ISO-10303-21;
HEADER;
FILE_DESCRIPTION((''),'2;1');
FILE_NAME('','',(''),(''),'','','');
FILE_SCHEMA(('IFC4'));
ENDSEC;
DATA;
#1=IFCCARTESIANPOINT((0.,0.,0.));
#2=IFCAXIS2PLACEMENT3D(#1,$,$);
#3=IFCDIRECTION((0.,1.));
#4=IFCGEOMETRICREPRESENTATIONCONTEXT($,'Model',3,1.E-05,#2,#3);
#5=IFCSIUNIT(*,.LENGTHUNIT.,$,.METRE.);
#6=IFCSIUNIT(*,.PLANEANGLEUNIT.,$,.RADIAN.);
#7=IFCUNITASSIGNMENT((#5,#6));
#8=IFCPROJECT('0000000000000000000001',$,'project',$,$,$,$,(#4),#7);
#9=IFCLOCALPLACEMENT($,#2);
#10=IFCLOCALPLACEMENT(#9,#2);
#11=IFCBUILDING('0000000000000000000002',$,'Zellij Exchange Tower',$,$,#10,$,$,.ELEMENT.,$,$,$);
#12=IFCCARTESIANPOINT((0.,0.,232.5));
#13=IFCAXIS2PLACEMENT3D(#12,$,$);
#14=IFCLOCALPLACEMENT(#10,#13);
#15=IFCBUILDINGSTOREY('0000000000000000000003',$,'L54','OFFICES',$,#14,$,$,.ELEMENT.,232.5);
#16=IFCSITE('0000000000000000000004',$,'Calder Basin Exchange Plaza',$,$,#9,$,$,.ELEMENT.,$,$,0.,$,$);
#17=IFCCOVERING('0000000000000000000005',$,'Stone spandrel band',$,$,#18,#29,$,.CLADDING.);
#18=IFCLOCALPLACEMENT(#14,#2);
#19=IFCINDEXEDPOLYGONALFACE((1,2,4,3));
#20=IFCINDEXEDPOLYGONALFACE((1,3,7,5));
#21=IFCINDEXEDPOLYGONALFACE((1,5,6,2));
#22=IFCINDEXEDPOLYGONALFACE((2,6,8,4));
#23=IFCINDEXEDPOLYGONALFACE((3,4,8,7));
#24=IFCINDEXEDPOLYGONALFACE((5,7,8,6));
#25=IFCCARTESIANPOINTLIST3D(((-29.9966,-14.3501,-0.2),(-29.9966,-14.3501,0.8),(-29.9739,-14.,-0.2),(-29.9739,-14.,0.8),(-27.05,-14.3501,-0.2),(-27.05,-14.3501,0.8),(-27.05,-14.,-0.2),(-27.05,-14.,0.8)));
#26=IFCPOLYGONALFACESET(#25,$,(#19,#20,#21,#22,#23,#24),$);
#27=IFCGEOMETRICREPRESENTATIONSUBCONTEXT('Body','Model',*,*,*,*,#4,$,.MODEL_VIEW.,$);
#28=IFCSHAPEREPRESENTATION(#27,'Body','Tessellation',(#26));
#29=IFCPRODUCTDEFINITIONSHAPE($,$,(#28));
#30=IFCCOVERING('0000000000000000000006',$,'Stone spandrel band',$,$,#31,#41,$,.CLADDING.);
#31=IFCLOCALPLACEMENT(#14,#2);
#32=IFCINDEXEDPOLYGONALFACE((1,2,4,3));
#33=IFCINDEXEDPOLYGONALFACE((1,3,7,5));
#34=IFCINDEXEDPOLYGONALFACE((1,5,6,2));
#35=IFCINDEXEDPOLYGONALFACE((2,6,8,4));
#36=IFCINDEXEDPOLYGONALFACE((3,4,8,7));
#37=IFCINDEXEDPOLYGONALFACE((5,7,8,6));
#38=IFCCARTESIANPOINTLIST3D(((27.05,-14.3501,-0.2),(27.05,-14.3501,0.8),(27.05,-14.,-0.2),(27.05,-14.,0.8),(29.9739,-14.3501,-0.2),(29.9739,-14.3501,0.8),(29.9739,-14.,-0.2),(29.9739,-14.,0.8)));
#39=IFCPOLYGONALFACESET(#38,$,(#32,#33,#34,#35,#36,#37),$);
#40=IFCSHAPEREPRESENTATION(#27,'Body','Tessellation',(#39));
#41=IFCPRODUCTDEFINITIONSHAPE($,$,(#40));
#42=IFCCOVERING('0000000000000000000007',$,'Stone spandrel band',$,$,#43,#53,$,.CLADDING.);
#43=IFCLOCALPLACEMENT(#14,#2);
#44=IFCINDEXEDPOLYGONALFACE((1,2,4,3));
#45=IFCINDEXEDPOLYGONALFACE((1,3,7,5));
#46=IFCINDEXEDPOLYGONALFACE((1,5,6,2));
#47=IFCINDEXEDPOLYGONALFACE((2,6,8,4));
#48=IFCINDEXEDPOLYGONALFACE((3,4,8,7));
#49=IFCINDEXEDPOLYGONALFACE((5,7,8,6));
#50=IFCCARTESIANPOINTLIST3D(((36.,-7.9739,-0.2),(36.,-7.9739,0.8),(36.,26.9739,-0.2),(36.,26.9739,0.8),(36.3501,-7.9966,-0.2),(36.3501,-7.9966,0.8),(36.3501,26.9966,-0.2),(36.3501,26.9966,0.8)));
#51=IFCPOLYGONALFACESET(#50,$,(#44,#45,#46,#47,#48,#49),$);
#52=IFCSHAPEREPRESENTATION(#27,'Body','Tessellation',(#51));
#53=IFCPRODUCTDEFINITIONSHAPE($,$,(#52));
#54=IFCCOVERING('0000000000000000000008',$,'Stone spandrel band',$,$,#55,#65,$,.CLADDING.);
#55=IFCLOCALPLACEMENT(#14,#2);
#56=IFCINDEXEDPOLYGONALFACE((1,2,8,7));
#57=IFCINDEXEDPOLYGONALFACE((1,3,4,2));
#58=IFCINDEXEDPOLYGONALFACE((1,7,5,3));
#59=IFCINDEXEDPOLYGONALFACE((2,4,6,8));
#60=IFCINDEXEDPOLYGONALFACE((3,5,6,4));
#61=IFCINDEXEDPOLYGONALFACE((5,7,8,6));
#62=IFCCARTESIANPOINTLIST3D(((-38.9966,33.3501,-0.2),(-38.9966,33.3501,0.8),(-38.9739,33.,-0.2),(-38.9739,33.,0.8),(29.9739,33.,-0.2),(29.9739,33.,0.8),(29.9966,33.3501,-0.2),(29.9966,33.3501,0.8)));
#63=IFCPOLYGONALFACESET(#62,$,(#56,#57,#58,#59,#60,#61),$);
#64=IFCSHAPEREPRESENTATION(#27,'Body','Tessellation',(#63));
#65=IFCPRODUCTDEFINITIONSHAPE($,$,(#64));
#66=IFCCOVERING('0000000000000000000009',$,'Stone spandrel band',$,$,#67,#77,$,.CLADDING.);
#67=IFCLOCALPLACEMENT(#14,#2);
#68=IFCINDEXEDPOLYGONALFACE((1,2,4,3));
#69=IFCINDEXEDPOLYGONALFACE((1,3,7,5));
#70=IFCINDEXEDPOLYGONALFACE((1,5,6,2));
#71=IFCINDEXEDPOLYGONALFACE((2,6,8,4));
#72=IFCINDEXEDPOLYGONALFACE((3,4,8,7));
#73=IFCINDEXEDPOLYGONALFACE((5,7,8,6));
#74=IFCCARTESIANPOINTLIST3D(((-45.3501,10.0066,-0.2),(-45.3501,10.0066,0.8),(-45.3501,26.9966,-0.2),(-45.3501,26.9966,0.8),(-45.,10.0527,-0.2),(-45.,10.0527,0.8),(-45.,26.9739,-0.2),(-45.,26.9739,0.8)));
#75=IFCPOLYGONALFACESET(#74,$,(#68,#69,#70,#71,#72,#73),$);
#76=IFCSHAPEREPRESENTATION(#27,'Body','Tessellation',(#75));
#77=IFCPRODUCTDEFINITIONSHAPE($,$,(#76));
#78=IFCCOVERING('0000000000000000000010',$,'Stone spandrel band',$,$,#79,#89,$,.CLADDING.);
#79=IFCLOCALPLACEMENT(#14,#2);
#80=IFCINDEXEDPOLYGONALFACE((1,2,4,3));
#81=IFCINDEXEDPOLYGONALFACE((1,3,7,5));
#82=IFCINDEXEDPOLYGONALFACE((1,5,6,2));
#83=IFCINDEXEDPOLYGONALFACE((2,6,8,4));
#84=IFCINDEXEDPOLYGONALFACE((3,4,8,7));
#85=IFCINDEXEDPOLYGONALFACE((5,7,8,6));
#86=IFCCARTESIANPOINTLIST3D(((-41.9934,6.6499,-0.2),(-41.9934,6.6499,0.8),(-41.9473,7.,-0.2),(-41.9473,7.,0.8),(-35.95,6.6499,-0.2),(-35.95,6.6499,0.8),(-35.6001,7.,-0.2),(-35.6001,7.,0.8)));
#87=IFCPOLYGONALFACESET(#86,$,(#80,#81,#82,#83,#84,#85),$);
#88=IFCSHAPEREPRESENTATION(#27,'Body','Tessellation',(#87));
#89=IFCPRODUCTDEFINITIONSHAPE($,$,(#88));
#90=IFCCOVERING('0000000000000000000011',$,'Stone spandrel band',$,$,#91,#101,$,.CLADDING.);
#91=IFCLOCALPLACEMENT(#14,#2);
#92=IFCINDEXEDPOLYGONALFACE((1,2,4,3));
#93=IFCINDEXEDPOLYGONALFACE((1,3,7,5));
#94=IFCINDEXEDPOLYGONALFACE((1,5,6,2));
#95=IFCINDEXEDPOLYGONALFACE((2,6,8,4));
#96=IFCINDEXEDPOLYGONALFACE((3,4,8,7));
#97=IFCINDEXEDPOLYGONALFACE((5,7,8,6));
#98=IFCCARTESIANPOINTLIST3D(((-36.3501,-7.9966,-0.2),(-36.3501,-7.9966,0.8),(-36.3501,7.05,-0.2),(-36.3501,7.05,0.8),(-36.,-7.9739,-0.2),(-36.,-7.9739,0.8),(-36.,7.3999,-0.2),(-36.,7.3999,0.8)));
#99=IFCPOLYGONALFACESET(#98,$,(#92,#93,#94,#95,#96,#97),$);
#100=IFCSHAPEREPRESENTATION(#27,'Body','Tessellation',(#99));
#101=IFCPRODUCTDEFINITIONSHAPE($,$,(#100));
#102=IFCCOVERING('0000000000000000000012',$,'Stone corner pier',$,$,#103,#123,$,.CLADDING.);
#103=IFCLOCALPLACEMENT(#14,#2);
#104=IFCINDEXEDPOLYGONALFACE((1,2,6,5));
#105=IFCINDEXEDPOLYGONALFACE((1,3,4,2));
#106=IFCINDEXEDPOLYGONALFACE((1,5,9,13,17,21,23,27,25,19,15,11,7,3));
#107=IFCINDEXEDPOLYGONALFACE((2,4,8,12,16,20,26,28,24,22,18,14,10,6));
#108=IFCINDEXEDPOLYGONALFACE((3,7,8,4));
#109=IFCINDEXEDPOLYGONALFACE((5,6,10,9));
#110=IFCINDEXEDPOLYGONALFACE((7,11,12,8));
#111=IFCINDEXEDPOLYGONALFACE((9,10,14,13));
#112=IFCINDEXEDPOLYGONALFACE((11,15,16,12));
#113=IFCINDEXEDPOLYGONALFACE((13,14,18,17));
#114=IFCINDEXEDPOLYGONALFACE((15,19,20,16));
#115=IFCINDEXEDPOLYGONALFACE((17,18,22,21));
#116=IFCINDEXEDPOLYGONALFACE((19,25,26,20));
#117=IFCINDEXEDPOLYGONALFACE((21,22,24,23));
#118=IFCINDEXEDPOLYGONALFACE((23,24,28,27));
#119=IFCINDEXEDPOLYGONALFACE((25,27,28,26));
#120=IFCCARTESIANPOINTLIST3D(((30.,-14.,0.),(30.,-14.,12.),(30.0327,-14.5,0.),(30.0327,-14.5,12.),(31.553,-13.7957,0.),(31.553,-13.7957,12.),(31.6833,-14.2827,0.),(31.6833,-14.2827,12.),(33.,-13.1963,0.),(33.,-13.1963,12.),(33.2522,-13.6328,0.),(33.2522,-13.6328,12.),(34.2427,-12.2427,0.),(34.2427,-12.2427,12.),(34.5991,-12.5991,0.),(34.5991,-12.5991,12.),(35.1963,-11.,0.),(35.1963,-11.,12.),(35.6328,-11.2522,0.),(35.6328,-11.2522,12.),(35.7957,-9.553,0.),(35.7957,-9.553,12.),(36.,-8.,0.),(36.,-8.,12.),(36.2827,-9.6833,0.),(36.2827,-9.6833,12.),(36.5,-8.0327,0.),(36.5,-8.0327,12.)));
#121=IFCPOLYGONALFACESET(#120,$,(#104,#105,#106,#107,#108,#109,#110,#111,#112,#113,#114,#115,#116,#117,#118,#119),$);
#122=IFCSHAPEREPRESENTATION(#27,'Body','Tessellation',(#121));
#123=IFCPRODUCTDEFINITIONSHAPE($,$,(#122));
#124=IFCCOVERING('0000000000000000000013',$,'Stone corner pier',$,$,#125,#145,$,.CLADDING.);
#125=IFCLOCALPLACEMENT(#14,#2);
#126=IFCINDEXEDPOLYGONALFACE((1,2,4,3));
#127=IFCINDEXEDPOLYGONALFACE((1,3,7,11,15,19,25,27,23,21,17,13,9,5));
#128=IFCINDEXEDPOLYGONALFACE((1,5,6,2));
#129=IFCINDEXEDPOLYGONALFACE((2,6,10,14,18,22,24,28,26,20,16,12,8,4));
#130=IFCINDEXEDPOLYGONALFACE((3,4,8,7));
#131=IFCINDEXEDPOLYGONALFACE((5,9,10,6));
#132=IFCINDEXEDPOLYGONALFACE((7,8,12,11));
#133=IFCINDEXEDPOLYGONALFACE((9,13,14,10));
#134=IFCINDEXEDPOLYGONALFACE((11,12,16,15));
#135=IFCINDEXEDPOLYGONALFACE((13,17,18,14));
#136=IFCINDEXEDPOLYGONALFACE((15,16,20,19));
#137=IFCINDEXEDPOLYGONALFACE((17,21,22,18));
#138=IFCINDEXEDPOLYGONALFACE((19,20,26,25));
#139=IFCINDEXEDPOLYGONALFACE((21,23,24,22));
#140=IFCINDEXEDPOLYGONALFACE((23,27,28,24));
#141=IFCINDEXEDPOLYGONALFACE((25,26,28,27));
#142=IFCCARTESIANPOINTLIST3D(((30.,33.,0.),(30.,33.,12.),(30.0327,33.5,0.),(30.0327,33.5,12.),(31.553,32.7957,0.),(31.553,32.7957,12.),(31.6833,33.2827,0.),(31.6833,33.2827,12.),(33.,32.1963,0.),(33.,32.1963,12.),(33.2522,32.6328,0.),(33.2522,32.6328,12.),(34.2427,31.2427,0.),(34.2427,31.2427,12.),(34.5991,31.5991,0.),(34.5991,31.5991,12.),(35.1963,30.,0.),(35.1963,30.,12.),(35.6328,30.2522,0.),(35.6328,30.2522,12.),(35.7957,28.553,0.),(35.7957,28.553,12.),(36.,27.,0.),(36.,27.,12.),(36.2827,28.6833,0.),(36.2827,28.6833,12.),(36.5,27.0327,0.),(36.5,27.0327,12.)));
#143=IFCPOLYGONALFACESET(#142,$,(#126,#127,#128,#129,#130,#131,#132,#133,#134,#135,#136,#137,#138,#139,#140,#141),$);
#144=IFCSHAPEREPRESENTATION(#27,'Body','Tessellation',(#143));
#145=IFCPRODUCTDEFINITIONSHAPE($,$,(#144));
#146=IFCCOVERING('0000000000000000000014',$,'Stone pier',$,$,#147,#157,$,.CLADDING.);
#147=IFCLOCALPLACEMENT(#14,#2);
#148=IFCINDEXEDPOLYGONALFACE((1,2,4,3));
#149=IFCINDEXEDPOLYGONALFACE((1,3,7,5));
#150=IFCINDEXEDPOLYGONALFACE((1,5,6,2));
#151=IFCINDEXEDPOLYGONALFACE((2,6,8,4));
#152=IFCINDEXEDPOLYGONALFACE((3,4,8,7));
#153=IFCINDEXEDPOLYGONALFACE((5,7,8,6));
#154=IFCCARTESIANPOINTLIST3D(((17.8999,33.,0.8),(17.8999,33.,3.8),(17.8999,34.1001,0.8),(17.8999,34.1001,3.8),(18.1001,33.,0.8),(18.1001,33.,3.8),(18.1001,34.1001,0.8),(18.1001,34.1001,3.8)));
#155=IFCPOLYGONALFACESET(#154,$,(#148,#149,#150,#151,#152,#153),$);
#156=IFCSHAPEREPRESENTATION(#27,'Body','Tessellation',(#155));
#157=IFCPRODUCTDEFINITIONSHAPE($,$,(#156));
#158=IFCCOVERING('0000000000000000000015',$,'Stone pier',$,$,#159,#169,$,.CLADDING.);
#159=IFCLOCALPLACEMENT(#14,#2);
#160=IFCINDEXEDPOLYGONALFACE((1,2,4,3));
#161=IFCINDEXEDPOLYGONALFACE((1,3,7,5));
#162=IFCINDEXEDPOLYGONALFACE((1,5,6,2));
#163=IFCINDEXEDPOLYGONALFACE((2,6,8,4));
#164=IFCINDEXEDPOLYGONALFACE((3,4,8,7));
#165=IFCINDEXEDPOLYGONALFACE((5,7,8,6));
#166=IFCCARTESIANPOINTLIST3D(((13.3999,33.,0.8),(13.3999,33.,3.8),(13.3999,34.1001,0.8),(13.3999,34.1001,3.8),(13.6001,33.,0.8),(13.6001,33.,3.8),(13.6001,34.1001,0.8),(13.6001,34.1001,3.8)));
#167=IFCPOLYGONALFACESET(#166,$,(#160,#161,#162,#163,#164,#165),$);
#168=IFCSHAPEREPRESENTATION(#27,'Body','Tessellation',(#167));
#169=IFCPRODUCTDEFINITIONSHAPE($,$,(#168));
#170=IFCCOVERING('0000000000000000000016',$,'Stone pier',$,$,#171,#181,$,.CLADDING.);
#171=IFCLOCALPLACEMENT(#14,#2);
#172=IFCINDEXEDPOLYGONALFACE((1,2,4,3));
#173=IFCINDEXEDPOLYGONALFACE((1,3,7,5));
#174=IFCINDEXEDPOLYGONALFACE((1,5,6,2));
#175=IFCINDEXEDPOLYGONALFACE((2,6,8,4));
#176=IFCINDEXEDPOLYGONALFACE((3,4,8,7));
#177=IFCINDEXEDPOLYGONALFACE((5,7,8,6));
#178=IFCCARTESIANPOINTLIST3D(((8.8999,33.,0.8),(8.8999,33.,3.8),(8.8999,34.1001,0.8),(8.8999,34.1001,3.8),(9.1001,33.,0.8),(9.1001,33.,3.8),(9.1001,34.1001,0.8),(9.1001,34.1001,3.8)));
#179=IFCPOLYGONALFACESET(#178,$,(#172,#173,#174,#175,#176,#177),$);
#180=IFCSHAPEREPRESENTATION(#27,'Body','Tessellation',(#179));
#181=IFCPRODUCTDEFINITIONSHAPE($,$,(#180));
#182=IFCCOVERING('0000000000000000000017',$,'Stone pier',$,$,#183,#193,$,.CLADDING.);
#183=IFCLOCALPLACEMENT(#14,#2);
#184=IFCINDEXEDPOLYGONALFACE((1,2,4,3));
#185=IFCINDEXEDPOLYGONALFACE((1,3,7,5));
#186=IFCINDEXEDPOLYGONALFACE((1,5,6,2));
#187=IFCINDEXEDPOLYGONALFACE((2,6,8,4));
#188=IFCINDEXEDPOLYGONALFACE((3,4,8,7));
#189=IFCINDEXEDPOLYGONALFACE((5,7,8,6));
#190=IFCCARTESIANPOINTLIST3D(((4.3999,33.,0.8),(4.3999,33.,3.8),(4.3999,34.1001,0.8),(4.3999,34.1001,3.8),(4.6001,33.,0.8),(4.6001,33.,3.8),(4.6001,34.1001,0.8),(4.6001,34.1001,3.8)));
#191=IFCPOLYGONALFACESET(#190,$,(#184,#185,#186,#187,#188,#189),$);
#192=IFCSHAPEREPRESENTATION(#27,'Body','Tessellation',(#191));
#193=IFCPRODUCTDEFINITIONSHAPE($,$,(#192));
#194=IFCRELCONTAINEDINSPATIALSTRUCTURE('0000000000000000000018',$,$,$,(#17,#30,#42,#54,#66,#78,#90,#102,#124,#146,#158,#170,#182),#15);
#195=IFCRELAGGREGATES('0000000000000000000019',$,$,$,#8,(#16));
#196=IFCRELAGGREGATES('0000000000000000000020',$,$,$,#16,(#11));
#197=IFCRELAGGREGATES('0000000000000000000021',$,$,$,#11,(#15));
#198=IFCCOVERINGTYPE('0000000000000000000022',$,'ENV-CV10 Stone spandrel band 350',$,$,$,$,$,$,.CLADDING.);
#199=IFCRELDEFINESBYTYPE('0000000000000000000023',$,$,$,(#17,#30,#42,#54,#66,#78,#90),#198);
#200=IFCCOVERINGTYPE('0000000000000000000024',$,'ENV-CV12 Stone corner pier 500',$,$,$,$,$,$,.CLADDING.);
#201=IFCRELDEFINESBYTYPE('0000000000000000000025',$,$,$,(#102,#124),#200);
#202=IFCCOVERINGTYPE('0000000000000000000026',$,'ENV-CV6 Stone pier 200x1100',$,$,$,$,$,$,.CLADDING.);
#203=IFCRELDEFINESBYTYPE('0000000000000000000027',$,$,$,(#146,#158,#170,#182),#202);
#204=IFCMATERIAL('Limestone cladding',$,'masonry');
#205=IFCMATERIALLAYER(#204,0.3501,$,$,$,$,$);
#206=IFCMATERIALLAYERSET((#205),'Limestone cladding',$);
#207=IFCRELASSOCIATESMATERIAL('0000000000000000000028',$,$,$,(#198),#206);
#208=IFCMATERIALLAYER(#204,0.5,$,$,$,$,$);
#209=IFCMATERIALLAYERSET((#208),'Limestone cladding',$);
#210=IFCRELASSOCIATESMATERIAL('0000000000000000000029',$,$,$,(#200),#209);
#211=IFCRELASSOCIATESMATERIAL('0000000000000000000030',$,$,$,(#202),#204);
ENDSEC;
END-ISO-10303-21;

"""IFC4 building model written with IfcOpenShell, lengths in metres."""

from ifc_helpers import new_model, si_unit, direction, frame, origin, place, context, subcontext, project, spatial, polyline, outline, extrude, material, layer, layer_set, type_object, element, save


model = new_model("IFC4")

# Units and contexts
model_context = context("Model", 3, precision=1e-05, world=origin(), true_north=direction((0.0, 1.0)))
body_context = subcontext(model_context, "Body", "Model", "MODEL_VIEW")
ifc_project = project(units=[si_unit("LENGTHUNIT", "METRE"), si_unit("PLANEANGLEUNIT", "RADIAN")], contexts=[model_context])

# Site, building, storey
site_placement = place(None, origin())
site = spatial("IfcSite", under=ifc_project, at=site_placement, Name="Calder Basin Exchange Plaza", CompositionType="ELEMENT", RefElevation=0.0)
building_placement = place(site_placement, origin())
building = spatial("IfcBuilding", under=site, at=building_placement, Name="Zellij Exchange Tower", CompositionType="ELEMENT")
storey_placement = place(building_placement, frame((0.0, 0.0, 232.5)))
storey = spatial("IfcBuildingStorey", under=building, at=storey_placement, Name="L54", Description="OFFICES", CompositionType="ELEMENT", Elevation=232.5)

# Coverings
ifc_material = material(Name="Limestone cladding", Category="masonry")
ifc_layer_1 = layer(ifc_material, 0.3501)
ifc_layer_set_1 = layer_set([ifc_layer_1], Name="Limestone cladding")
covering_type_1 = type_object("IfcCoveringType", Name="ENV-CV10 Stone spandrel band 350", PredefinedType="CLADDING", material=ifc_layer_set_1)
covering_1_placement = place(storey_placement, frame((0.0, 0.0, -0.2)))
element("IfcCovering", 1, at=covering_1_placement, inside=storey, type_object=covering_type_1, Name="Stone spandrel band", PredefinedType="CLADDING", context=body_context, shape_type="SweptSolid", body=[
    extrude(outline(polyline([(-29.9739, -14.0), (-27.05, -14.0), (-27.05, -14.3501), (-29.9966, -14.3501), (-29.9739, -14.0)])), origin(), (0.0, 0.0, 1.0), 1.0),
])
covering_2_placement = place(storey_placement, frame((0.0, 0.0, -0.2)))
element("IfcCovering", 2, at=covering_2_placement, inside=storey, type_object=covering_type_1, Name="Stone spandrel band", PredefinedType="CLADDING", context=body_context, shape_type="SweptSolid", body=[
    extrude(outline(polyline([(27.05, -14.0), (29.9739, -14.0), (29.9739, -14.3501), (27.05, -14.3501), (27.05, -14.0)])), origin(), (0.0, 0.0, 1.0), 1.0),
])
covering_3_placement = place(storey_placement, frame((0.0, 0.0, -0.2)))
element("IfcCovering", 3, at=covering_3_placement, inside=storey, type_object=covering_type_1, Name="Stone spandrel band", PredefinedType="CLADDING", context=body_context, shape_type="SweptSolid", body=[
    extrude(outline(polyline([(36.0, -7.9739), (36.0, 26.9739), (36.3501, 26.9966), (36.3501, -7.9966), (36.0, -7.9739)])), origin(), (0.0, 0.0, 1.0), 1.0),
])
covering_4_placement = place(storey_placement, frame((0.0, 0.0, -0.2)))
element("IfcCovering", 4, at=covering_4_placement, inside=storey, type_object=covering_type_1, Name="Stone spandrel band", PredefinedType="CLADDING", context=body_context, shape_type="SweptSolid", body=[
    extrude(outline(polyline([(29.9739, 33.0), (-38.9739, 33.0), (-38.9966, 33.3501), (29.9966, 33.3501), (29.9739, 33.0)])), origin(), (0.0, 0.0, 1.0), 1.0),
])
covering_5_placement = place(storey_placement, frame((0.0, 0.0, -0.2)))
element("IfcCovering", 5, at=covering_5_placement, inside=storey, type_object=covering_type_1, Name="Stone spandrel band", PredefinedType="CLADDING", context=body_context, shape_type="SweptSolid", body=[
    extrude(outline(polyline([(-45.0, 26.9739), (-45.0, 10.0527), (-45.3501, 10.0066), (-45.3501, 26.9966), (-45.0, 26.9739)])), origin(), (0.0, 0.0, 1.0), 1.0),
])
covering_6_placement = place(storey_placement, frame((0.0, 0.0, -0.2)))
element("IfcCovering", 6, at=covering_6_placement, inside=storey, type_object=covering_type_1, Name="Stone spandrel band", PredefinedType="CLADDING", context=body_context, shape_type="SweptSolid", body=[
    extrude(outline(polyline([(-41.9473, 7.0), (-35.6001, 7.0), (-35.95, 6.6499), (-41.9934, 6.6499), (-41.9473, 7.0)])), origin(), (0.0, 0.0, 1.0), 1.0),
])
covering_7_placement = place(storey_placement, frame((0.0, 0.0, -0.2)))
element("IfcCovering", 7, at=covering_7_placement, inside=storey, type_object=covering_type_1, Name="Stone spandrel band", PredefinedType="CLADDING", context=body_context, shape_type="SweptSolid", body=[
    extrude(outline(polyline([(-36.0, 7.3999), (-36.0, -7.9739), (-36.3501, -7.9966), (-36.3501, 7.05), (-36.0, 7.3999)])), origin(), (0.0, 0.0, 1.0), 1.0),
])
ifc_layer_2 = layer(ifc_material, 0.5)
ifc_layer_set_2 = layer_set([ifc_layer_2], Name="Limestone cladding")
covering_type_2 = type_object("IfcCoveringType", Name="ENV-CV12 Stone corner pier 500", PredefinedType="CLADDING", material=ifc_layer_set_2)
covering_8_placement = place(storey_placement, origin())
element("IfcCovering", 8, at=covering_8_placement, inside=storey, type_object=covering_type_2, Name="Stone corner pier", PredefinedType="CLADDING", context=body_context, shape_type="SweptSolid", body=[
    extrude(outline(polyline([(30.0, -14.0), (31.553, -13.7957), (33.0, -13.1963), (34.2427, -12.2427), (35.1963, -11.0), (35.7957, -9.553), (36.0, -8.0), (36.5, -8.0327), (36.2827, -9.6833), (35.6328, -11.2522), (34.5991, -12.5991), (33.2522, -13.6328), (31.6833, -14.2827), (30.0327, -14.5), (30.0, -14.0)])), origin(), (0.0, 0.0, 1.0), 12.0),
])
covering_9_placement = place(storey_placement, origin())
element("IfcCovering", 9, at=covering_9_placement, inside=storey, type_object=covering_type_2, Name="Stone corner pier", PredefinedType="CLADDING", context=body_context, shape_type="SweptSolid", body=[
    extrude(outline(polyline([(36.0, 27.0), (35.7957, 28.553), (35.1963, 30.0), (34.2427, 31.2427), (33.0, 32.1963), (31.553, 32.7957), (30.0, 33.0), (30.0327, 33.5), (31.6833, 33.2827), (33.2522, 32.6328), (34.5991, 31.5991), (35.6328, 30.2522), (36.2827, 28.6833), (36.5, 27.0327), (36.0, 27.0)])), origin(), (0.0, 0.0, 1.0), 12.0),
])
covering_type_3 = type_object("IfcCoveringType", Name="ENV-CV6 Stone pier 200x1100", PredefinedType="CLADDING", material=ifc_material)
covering_10_placement = place(storey_placement, frame((0.0, 0.0, 0.8)))
element("IfcCovering", 10, at=covering_10_placement, inside=storey, type_object=covering_type_3, Name="Stone pier", PredefinedType="CLADDING", context=body_context, shape_type="SweptSolid", body=[
    extrude(outline(polyline([(18.1001, 33.0), (17.8999, 33.0), (17.8999, 34.1001), (18.1001, 34.1001), (18.1001, 33.0)])), origin(), (0.0, 0.0, 1.0), 3.0),
])
covering_11_placement = place(storey_placement, frame((0.0, 0.0, 0.8)))
element("IfcCovering", 11, at=covering_11_placement, inside=storey, type_object=covering_type_3, Name="Stone pier", PredefinedType="CLADDING", context=body_context, shape_type="SweptSolid", body=[
    extrude(outline(polyline([(13.6001, 33.0), (13.3999, 33.0), (13.3999, 34.1001), (13.6001, 34.1001), (13.6001, 33.0)])), origin(), (0.0, 0.0, 1.0), 3.0),
])
covering_12_placement = place(storey_placement, frame((0.0, 0.0, 0.8)))
element("IfcCovering", 12, at=covering_12_placement, inside=storey, type_object=covering_type_3, Name="Stone pier", PredefinedType="CLADDING", context=body_context, shape_type="SweptSolid", body=[
    extrude(outline(polyline([(9.1001, 33.0), (8.8999, 33.0), (8.8999, 34.1001), (9.1001, 34.1001), (9.1001, 33.0)])), origin(), (0.0, 0.0, 1.0), 3.0),
])
covering_13_placement = place(storey_placement, frame((0.0, 0.0, 0.8)))
element("IfcCovering", 13, at=covering_13_placement, inside=storey, type_object=covering_type_3, Name="Stone pier", PredefinedType="CLADDING", context=body_context, shape_type="SweptSolid", body=[
    extrude(outline(polyline([(4.6001, 33.0), (4.3999, 33.0), (4.3999, 34.1001), (4.6001, 34.1001), (4.6001, 33.0)])), origin(), (0.0, 0.0, 1.0), 3.0),
])

save(model, "model.ifc")
